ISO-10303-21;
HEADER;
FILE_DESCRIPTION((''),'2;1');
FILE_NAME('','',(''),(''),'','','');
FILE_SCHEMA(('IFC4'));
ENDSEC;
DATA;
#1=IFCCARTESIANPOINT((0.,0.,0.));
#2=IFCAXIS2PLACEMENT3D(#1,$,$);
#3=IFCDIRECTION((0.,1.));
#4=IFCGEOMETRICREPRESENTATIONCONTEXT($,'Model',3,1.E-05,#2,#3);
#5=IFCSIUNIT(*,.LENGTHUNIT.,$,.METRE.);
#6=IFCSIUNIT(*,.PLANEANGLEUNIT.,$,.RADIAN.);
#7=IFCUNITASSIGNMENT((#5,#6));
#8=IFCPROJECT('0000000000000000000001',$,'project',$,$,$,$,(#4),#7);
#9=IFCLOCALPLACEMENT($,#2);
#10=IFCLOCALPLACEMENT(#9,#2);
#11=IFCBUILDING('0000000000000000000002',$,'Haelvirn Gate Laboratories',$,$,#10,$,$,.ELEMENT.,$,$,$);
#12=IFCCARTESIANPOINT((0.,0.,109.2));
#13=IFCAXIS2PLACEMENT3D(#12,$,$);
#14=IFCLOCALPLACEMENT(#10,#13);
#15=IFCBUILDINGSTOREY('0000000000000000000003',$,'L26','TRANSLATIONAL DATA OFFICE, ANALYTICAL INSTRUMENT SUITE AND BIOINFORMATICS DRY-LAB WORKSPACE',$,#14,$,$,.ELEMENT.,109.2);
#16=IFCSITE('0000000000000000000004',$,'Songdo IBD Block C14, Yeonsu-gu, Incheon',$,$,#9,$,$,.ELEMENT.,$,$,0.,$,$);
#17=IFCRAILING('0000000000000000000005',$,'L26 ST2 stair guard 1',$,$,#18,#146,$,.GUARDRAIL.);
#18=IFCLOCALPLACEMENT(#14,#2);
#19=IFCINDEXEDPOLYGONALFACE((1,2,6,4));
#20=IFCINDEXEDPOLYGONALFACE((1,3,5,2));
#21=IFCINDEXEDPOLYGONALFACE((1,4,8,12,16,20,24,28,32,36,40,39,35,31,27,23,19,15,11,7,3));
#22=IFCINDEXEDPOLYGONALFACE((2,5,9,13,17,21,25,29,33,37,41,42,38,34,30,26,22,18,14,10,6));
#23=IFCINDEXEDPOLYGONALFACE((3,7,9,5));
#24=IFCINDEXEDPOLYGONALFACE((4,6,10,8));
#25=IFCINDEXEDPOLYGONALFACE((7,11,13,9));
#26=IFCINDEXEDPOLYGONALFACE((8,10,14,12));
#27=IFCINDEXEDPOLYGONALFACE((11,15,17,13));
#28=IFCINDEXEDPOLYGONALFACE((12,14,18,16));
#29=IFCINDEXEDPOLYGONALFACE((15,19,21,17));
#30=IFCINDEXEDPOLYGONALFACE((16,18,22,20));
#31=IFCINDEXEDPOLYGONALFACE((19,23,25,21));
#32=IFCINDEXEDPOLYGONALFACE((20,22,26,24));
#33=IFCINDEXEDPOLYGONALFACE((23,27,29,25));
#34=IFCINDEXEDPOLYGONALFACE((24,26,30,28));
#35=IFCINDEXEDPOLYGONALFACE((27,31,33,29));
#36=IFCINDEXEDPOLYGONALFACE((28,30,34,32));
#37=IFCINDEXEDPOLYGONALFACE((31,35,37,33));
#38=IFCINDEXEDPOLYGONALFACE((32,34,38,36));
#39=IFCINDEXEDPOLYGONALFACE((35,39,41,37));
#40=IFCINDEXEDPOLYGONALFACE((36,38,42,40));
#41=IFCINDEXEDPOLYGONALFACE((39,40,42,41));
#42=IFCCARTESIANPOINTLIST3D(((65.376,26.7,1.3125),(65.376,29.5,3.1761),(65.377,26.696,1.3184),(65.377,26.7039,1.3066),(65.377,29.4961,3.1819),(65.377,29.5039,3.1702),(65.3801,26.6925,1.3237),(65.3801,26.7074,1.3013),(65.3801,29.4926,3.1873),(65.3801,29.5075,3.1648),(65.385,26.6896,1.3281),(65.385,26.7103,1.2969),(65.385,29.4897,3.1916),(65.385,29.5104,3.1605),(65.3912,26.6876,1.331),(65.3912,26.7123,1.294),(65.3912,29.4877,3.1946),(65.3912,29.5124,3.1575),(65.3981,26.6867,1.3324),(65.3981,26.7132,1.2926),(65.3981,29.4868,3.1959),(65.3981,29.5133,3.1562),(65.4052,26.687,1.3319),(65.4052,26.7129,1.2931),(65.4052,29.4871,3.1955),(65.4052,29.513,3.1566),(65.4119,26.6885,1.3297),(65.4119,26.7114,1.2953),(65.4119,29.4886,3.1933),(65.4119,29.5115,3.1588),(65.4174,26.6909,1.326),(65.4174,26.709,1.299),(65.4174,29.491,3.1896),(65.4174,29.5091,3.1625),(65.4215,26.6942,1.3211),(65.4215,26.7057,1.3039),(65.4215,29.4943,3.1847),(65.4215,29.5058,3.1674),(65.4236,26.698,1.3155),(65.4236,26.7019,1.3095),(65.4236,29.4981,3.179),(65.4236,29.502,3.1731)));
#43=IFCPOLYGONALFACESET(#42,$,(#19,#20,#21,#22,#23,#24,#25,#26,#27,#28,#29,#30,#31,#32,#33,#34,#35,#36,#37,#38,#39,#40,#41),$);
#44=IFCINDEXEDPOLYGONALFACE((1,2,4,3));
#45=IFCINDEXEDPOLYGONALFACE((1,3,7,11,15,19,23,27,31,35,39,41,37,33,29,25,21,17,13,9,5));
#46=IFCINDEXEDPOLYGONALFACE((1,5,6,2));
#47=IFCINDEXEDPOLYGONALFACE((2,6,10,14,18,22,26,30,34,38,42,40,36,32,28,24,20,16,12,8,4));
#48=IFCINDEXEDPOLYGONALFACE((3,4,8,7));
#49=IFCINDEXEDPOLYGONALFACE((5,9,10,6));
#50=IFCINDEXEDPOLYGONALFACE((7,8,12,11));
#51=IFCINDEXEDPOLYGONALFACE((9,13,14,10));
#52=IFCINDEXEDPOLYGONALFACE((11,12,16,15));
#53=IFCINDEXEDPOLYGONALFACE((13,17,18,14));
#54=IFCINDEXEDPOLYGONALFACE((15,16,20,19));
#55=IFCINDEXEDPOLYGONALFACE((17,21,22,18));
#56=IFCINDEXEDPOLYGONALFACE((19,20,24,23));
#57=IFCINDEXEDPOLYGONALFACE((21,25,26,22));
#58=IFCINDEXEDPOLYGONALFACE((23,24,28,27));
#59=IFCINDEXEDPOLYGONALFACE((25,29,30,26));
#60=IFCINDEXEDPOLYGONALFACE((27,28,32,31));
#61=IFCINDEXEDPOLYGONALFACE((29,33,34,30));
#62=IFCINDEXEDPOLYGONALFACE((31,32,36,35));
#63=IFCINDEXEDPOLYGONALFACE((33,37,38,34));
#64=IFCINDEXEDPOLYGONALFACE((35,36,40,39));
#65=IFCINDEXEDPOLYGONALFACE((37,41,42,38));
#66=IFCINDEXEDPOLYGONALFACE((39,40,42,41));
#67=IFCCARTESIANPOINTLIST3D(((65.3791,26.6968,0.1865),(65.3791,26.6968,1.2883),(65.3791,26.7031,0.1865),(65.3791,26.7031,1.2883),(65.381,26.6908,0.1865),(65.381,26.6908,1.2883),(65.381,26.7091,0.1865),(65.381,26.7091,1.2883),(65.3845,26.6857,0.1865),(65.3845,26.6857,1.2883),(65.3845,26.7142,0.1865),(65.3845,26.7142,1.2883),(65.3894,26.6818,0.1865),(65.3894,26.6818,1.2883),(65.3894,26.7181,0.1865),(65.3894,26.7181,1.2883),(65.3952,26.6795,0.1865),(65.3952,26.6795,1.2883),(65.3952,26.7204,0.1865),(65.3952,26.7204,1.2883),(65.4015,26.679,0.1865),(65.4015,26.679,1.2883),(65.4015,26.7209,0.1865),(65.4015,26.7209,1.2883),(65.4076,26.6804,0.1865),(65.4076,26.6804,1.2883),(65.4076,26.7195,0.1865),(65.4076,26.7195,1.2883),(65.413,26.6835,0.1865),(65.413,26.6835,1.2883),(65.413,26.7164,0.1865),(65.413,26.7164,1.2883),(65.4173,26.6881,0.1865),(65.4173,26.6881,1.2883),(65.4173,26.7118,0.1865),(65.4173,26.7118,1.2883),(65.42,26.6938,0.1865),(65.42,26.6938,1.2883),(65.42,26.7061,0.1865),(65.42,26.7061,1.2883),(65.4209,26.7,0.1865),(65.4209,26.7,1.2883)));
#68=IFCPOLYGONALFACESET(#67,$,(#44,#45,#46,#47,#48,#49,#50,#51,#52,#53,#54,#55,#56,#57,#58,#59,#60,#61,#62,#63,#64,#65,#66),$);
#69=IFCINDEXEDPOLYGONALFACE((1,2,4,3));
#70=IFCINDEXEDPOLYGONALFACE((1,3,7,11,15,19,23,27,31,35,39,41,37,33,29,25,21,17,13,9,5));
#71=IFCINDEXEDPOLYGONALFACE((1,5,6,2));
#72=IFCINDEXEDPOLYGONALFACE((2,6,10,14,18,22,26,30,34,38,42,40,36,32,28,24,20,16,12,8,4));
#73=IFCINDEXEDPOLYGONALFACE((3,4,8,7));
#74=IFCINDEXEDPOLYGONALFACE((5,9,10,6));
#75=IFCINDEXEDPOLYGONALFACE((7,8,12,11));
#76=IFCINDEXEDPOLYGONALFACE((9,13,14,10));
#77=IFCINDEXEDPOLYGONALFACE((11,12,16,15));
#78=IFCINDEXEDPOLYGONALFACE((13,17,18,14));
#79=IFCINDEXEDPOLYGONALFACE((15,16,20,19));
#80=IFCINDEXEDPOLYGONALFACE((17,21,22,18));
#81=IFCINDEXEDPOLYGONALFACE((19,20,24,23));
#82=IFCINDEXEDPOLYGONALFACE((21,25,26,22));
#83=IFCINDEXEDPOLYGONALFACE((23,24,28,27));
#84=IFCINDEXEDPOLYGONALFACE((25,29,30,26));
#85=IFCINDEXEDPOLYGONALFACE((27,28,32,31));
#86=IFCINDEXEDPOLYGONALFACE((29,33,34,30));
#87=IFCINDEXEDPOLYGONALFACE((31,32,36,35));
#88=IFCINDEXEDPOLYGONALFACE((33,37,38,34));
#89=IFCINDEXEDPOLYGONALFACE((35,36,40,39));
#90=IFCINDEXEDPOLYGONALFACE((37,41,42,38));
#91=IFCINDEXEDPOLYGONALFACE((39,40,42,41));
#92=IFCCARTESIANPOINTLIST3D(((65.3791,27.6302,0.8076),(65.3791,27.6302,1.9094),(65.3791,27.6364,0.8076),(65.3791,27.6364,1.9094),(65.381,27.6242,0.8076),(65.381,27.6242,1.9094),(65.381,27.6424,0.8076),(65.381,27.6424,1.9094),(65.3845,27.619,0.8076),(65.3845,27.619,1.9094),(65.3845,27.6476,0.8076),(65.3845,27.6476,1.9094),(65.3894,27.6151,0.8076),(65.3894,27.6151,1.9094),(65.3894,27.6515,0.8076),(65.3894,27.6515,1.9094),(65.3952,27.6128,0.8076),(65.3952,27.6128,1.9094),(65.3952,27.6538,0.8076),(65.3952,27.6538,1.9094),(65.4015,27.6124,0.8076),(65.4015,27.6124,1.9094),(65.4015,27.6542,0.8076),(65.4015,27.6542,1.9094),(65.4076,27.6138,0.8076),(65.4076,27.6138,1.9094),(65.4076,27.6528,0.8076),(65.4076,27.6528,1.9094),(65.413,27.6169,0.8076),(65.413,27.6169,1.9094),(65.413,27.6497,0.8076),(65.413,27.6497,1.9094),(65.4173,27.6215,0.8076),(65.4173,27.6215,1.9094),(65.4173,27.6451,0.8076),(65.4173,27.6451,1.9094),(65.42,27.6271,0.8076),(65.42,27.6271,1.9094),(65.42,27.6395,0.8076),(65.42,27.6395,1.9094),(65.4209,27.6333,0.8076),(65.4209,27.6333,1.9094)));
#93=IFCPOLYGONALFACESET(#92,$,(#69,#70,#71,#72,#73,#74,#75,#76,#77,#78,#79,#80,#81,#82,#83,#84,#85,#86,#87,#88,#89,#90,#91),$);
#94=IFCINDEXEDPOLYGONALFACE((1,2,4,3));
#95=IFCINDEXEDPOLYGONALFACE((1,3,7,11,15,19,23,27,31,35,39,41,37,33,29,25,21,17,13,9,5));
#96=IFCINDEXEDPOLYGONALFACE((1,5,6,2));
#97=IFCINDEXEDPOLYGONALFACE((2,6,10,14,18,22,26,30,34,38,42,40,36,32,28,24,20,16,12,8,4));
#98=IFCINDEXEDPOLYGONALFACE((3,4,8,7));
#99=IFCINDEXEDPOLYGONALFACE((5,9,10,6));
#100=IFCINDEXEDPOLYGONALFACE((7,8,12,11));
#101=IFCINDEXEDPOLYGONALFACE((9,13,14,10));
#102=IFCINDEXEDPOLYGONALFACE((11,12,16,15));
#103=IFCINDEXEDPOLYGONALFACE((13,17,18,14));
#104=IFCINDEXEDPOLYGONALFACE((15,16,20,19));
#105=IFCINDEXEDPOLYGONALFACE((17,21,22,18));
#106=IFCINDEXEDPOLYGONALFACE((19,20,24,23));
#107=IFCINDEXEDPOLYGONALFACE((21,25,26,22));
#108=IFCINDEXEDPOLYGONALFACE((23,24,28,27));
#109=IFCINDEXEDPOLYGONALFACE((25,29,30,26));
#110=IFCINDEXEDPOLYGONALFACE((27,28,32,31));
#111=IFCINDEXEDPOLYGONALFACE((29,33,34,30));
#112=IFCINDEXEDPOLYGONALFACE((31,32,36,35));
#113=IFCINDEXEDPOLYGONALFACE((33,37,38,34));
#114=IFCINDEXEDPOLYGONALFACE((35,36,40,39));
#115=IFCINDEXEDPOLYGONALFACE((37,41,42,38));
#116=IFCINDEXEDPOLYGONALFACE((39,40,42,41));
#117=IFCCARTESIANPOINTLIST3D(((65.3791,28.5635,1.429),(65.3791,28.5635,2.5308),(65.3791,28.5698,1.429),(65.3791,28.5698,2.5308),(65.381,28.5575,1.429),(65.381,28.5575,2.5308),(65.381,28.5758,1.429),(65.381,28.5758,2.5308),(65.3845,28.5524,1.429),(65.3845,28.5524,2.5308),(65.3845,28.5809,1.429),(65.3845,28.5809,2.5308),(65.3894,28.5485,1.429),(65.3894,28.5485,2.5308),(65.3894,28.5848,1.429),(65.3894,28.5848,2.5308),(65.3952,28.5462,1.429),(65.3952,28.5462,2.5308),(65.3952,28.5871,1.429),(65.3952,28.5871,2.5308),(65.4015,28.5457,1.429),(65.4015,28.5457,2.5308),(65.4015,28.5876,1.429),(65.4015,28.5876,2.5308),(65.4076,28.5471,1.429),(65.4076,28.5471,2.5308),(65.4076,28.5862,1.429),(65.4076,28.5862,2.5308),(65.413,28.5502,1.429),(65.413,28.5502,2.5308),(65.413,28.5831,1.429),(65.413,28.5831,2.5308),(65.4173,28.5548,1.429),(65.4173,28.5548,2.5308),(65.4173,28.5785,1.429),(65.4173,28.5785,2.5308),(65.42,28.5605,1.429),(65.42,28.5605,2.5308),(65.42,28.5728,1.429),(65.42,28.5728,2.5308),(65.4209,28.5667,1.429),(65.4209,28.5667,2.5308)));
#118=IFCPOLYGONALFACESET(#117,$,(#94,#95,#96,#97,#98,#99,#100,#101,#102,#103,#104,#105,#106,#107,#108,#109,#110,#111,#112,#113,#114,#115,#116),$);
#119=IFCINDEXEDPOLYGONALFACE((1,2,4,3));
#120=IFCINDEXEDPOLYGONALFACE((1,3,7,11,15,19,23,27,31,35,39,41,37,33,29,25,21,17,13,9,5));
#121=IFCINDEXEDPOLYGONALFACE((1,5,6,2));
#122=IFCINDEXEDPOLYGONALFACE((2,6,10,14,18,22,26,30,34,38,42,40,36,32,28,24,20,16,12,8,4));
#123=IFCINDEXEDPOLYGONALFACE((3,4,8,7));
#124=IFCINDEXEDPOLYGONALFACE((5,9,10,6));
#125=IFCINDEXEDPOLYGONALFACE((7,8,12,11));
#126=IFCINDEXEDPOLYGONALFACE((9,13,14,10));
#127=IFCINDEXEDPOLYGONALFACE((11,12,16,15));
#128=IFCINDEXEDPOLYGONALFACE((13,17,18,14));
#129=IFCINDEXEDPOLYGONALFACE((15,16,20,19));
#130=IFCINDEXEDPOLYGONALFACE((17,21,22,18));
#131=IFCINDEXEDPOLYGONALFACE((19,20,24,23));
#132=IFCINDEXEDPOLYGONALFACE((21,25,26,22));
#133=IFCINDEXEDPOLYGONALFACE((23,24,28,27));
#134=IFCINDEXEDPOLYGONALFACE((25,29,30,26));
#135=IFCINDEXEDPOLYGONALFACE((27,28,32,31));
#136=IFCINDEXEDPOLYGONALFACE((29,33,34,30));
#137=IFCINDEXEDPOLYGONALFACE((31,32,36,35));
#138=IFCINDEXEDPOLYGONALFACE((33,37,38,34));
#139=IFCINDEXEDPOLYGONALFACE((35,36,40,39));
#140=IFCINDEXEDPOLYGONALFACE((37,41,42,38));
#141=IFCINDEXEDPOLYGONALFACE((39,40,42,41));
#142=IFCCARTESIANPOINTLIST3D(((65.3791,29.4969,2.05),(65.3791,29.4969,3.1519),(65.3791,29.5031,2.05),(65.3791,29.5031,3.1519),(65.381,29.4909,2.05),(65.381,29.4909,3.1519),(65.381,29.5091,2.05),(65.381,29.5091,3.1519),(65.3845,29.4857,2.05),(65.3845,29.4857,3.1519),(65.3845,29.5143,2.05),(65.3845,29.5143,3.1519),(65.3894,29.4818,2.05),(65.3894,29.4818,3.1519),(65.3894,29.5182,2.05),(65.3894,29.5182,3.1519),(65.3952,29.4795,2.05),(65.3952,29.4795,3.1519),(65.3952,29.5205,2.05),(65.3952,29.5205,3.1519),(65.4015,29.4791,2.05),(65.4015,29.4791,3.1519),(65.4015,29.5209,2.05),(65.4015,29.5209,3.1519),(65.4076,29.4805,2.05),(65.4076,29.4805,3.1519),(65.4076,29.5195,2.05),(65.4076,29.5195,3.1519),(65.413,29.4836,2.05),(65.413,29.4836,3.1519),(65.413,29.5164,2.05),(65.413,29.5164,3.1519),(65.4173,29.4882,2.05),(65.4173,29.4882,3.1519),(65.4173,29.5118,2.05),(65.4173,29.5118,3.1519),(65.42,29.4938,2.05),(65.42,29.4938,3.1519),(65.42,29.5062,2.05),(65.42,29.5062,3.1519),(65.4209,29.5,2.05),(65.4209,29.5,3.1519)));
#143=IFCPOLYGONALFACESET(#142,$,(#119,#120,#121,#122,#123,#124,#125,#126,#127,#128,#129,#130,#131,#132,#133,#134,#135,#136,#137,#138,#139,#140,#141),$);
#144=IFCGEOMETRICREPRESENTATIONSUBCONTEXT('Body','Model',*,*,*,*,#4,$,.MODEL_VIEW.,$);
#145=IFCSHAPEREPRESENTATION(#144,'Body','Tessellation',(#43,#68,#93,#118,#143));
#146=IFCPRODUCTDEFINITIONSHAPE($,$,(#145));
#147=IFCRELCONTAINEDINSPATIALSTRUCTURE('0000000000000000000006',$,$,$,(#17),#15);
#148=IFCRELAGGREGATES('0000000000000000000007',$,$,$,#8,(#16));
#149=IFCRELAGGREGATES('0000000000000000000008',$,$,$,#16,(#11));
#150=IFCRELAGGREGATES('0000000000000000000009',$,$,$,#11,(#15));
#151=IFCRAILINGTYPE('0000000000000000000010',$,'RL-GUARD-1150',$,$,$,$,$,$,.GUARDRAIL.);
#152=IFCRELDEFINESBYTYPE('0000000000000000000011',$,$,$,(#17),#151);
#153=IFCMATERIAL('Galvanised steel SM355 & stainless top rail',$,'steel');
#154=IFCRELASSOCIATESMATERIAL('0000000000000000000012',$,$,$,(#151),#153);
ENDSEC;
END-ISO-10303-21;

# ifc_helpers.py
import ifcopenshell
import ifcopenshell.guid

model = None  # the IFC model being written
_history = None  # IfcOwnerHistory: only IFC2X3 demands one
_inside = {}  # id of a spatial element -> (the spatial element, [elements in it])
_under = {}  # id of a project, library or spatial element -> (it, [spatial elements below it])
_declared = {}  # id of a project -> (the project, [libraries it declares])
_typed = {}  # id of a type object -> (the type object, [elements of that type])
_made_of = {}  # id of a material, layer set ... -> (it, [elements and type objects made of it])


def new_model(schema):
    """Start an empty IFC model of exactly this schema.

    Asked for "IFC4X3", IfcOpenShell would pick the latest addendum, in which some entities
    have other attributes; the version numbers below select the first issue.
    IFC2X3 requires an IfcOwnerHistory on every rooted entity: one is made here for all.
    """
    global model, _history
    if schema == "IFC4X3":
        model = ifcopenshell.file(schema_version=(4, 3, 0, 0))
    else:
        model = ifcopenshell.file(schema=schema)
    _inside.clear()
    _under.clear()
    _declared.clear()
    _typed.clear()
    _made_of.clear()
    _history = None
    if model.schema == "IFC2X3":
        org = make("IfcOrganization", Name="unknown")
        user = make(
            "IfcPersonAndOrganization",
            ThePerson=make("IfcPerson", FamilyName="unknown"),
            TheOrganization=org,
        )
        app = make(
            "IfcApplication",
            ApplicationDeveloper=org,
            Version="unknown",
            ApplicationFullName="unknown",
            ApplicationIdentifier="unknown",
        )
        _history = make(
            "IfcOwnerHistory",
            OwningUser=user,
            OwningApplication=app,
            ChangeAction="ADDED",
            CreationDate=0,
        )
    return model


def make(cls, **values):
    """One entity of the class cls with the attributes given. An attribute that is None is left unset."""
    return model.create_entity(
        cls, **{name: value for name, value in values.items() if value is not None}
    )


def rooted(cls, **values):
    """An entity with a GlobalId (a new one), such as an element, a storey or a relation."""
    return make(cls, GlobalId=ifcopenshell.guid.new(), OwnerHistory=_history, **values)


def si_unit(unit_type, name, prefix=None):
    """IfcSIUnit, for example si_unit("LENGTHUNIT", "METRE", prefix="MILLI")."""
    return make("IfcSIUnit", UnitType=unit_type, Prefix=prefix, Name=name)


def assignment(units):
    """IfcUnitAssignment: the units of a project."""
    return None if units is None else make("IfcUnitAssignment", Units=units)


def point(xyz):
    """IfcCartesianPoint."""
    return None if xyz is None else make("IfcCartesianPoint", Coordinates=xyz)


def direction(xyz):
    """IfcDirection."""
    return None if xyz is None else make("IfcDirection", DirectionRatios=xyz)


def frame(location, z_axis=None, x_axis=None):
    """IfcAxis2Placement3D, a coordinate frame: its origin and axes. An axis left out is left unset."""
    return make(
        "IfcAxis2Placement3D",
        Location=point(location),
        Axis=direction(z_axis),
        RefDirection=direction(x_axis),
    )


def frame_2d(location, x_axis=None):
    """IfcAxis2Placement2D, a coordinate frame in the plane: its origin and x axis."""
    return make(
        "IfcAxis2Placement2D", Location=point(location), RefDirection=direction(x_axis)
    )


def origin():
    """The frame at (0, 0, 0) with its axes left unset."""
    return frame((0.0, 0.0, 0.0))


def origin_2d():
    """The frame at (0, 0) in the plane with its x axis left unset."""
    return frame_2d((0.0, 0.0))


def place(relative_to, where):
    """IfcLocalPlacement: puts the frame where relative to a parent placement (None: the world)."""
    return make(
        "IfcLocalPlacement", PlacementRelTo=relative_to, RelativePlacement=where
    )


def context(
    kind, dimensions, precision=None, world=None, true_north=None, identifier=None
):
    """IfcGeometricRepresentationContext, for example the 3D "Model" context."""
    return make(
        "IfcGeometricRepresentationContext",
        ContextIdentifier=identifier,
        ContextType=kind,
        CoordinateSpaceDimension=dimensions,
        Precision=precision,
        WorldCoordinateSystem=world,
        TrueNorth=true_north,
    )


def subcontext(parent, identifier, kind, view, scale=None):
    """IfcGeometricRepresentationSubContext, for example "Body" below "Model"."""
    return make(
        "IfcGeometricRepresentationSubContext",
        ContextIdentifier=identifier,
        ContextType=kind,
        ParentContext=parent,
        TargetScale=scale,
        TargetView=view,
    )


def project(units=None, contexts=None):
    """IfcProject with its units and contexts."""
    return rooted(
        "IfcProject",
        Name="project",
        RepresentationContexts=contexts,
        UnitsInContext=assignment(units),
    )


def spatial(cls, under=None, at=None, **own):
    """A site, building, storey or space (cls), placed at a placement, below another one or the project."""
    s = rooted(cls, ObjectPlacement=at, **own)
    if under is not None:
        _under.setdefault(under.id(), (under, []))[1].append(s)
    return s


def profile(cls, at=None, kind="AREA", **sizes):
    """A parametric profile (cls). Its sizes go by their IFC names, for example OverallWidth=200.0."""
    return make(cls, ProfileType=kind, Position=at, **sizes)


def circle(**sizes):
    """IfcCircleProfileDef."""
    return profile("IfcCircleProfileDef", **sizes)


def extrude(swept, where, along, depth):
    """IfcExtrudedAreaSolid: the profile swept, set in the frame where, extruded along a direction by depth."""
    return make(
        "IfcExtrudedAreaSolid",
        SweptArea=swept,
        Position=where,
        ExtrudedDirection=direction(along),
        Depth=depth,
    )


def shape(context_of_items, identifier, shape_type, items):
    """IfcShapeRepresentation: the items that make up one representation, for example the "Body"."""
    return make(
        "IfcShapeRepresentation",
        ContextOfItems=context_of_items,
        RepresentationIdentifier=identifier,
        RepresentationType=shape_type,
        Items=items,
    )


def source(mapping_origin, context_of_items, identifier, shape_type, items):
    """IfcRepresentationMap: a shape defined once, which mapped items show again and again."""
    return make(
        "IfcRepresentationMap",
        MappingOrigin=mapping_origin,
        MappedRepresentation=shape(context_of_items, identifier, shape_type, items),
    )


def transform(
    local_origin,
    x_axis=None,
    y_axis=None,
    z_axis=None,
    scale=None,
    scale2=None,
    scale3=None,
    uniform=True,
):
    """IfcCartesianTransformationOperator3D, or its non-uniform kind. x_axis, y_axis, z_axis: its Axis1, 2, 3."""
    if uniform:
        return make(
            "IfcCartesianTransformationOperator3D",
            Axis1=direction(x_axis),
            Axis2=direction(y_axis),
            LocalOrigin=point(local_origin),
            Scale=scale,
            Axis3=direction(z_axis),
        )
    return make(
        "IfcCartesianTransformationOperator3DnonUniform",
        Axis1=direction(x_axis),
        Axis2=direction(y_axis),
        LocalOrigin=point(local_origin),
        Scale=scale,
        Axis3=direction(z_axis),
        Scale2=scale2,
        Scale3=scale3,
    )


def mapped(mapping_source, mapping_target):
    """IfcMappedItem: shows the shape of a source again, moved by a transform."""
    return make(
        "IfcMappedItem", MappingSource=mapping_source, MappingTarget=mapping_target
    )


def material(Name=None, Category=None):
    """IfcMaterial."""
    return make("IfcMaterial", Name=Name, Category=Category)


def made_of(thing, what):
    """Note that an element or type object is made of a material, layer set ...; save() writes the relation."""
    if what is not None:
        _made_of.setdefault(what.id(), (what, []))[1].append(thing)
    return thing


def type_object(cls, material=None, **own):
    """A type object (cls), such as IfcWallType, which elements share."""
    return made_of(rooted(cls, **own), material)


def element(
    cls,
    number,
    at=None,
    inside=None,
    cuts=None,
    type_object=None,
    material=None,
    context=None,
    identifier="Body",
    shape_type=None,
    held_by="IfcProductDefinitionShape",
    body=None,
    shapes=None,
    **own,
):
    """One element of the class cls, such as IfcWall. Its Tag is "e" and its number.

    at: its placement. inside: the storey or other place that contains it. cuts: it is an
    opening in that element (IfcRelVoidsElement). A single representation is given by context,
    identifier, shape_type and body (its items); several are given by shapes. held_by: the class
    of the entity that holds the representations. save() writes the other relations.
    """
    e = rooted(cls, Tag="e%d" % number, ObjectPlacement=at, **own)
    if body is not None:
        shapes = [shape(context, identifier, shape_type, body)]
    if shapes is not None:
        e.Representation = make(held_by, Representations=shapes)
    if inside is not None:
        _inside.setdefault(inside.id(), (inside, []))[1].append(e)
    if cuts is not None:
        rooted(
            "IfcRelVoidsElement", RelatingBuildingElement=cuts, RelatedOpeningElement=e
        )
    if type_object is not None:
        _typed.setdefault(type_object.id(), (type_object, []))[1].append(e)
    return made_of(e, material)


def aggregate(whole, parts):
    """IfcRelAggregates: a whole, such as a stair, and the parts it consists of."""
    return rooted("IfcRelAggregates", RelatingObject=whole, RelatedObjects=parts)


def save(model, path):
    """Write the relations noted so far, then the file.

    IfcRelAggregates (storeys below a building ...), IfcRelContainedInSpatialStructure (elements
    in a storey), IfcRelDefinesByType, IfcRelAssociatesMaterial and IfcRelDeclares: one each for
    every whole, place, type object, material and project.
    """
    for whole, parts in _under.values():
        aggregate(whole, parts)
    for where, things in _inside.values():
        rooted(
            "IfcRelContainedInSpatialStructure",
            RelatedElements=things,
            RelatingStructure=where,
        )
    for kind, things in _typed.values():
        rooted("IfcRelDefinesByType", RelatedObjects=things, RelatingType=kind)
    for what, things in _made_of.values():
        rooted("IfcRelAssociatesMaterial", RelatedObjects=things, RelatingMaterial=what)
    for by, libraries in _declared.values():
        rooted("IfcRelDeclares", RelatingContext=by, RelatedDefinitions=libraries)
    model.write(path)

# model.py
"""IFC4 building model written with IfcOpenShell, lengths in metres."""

from ifc_helpers import new_model, si_unit, direction, frame, origin, origin_2d, place, context, subcontext, project, spatial, circle, extrude, source, transform, mapped, material, type_object, element, save


model = new_model("IFC4")

# Units and contexts
model_context = context("Model", 3, precision=1e-05, world=origin(), true_north=direction((0.0, 1.0)))
body_context = subcontext(model_context, "Body", "Model", "MODEL_VIEW")
ifc_project = project(units=[si_unit("LENGTHUNIT", "METRE"), si_unit("PLANEANGLEUNIT", "RADIAN")], contexts=[model_context])

# Site, building, storey
site_placement = place(None, origin())
site = spatial("IfcSite", under=ifc_project, at=site_placement, Name="Songdo IBD Block C14, Yeonsu-gu, Incheon", CompositionType="ELEMENT", RefElevation=0.0)
building_placement = place(site_placement, origin())
building = spatial("IfcBuilding", under=site, at=building_placement, Name="Haelvirn Gate Laboratories", CompositionType="ELEMENT")
storey_placement = place(building_placement, frame((0.0, 0.0, 109.2)))
storey = spatial("IfcBuildingStorey", under=building, at=storey_placement, Name="L26", Description="TRANSLATIONAL DATA OFFICE, ANALYTICAL INSTRUMENT SUITE AND BIOINFORMATICS DRY-LAB WORKSPACE", CompositionType="ELEMENT", Elevation=109.2)

# Railing
ifc_material_1 = material(Name="Galvanised steel SM355 & stainless top rail", Category="steel")
railing_type_1 = type_object("IfcRailingType", Name="RL-GUARD-1150", PredefinedType="GUARDRAIL", material=ifc_material_1)
shared_shape_1 = source(origin(), body_context, "Body", "SweptSolid", [
    extrude(circle(Radius=0.0239, at=origin_2d()), frame((0.0, 0.0, 1.126), z_axis=(0.0, 0.832486, 0.554047), x_axis=(-1.0, 0.0, 0.0)), (0.0, 0.0, 1.0), 3.3635),
    extrude(circle(Radius=0.021, at=origin_2d()), origin(), (0.0, 0.0, 1.0), 1.1018),
    extrude(circle(Radius=0.021, at=origin_2d()), frame((0.0, 0.9333, 0.6211)), (0.0, 0.0, 1.0), 1.1018),
    extrude(circle(Radius=0.021, at=origin_2d()), frame((0.0, 1.8667, 1.2424)), (0.0, 0.0, 1.0), 1.1018),
    extrude(circle(Radius=0.021, at=origin_2d()), frame((0.0, 2.8, 1.8635)), (0.0, 0.0, 1.0), 1.1018),
])
railing_1_placement = place(storey_placement, frame((65.3999, 26.7, 0.1865)))
element("IfcRailing", 1, at=railing_1_placement, inside=storey, type_object=railing_type_1, Name="L26 ST2 stair guard 1", PredefinedType="GUARDRAIL", context=body_context, shape_type="MappedRepresentation", body=[
    mapped(shared_shape_1, transform((0.0, 0.0, 0.0), scale=1.0)),
])

save(model, "model.ifc")
